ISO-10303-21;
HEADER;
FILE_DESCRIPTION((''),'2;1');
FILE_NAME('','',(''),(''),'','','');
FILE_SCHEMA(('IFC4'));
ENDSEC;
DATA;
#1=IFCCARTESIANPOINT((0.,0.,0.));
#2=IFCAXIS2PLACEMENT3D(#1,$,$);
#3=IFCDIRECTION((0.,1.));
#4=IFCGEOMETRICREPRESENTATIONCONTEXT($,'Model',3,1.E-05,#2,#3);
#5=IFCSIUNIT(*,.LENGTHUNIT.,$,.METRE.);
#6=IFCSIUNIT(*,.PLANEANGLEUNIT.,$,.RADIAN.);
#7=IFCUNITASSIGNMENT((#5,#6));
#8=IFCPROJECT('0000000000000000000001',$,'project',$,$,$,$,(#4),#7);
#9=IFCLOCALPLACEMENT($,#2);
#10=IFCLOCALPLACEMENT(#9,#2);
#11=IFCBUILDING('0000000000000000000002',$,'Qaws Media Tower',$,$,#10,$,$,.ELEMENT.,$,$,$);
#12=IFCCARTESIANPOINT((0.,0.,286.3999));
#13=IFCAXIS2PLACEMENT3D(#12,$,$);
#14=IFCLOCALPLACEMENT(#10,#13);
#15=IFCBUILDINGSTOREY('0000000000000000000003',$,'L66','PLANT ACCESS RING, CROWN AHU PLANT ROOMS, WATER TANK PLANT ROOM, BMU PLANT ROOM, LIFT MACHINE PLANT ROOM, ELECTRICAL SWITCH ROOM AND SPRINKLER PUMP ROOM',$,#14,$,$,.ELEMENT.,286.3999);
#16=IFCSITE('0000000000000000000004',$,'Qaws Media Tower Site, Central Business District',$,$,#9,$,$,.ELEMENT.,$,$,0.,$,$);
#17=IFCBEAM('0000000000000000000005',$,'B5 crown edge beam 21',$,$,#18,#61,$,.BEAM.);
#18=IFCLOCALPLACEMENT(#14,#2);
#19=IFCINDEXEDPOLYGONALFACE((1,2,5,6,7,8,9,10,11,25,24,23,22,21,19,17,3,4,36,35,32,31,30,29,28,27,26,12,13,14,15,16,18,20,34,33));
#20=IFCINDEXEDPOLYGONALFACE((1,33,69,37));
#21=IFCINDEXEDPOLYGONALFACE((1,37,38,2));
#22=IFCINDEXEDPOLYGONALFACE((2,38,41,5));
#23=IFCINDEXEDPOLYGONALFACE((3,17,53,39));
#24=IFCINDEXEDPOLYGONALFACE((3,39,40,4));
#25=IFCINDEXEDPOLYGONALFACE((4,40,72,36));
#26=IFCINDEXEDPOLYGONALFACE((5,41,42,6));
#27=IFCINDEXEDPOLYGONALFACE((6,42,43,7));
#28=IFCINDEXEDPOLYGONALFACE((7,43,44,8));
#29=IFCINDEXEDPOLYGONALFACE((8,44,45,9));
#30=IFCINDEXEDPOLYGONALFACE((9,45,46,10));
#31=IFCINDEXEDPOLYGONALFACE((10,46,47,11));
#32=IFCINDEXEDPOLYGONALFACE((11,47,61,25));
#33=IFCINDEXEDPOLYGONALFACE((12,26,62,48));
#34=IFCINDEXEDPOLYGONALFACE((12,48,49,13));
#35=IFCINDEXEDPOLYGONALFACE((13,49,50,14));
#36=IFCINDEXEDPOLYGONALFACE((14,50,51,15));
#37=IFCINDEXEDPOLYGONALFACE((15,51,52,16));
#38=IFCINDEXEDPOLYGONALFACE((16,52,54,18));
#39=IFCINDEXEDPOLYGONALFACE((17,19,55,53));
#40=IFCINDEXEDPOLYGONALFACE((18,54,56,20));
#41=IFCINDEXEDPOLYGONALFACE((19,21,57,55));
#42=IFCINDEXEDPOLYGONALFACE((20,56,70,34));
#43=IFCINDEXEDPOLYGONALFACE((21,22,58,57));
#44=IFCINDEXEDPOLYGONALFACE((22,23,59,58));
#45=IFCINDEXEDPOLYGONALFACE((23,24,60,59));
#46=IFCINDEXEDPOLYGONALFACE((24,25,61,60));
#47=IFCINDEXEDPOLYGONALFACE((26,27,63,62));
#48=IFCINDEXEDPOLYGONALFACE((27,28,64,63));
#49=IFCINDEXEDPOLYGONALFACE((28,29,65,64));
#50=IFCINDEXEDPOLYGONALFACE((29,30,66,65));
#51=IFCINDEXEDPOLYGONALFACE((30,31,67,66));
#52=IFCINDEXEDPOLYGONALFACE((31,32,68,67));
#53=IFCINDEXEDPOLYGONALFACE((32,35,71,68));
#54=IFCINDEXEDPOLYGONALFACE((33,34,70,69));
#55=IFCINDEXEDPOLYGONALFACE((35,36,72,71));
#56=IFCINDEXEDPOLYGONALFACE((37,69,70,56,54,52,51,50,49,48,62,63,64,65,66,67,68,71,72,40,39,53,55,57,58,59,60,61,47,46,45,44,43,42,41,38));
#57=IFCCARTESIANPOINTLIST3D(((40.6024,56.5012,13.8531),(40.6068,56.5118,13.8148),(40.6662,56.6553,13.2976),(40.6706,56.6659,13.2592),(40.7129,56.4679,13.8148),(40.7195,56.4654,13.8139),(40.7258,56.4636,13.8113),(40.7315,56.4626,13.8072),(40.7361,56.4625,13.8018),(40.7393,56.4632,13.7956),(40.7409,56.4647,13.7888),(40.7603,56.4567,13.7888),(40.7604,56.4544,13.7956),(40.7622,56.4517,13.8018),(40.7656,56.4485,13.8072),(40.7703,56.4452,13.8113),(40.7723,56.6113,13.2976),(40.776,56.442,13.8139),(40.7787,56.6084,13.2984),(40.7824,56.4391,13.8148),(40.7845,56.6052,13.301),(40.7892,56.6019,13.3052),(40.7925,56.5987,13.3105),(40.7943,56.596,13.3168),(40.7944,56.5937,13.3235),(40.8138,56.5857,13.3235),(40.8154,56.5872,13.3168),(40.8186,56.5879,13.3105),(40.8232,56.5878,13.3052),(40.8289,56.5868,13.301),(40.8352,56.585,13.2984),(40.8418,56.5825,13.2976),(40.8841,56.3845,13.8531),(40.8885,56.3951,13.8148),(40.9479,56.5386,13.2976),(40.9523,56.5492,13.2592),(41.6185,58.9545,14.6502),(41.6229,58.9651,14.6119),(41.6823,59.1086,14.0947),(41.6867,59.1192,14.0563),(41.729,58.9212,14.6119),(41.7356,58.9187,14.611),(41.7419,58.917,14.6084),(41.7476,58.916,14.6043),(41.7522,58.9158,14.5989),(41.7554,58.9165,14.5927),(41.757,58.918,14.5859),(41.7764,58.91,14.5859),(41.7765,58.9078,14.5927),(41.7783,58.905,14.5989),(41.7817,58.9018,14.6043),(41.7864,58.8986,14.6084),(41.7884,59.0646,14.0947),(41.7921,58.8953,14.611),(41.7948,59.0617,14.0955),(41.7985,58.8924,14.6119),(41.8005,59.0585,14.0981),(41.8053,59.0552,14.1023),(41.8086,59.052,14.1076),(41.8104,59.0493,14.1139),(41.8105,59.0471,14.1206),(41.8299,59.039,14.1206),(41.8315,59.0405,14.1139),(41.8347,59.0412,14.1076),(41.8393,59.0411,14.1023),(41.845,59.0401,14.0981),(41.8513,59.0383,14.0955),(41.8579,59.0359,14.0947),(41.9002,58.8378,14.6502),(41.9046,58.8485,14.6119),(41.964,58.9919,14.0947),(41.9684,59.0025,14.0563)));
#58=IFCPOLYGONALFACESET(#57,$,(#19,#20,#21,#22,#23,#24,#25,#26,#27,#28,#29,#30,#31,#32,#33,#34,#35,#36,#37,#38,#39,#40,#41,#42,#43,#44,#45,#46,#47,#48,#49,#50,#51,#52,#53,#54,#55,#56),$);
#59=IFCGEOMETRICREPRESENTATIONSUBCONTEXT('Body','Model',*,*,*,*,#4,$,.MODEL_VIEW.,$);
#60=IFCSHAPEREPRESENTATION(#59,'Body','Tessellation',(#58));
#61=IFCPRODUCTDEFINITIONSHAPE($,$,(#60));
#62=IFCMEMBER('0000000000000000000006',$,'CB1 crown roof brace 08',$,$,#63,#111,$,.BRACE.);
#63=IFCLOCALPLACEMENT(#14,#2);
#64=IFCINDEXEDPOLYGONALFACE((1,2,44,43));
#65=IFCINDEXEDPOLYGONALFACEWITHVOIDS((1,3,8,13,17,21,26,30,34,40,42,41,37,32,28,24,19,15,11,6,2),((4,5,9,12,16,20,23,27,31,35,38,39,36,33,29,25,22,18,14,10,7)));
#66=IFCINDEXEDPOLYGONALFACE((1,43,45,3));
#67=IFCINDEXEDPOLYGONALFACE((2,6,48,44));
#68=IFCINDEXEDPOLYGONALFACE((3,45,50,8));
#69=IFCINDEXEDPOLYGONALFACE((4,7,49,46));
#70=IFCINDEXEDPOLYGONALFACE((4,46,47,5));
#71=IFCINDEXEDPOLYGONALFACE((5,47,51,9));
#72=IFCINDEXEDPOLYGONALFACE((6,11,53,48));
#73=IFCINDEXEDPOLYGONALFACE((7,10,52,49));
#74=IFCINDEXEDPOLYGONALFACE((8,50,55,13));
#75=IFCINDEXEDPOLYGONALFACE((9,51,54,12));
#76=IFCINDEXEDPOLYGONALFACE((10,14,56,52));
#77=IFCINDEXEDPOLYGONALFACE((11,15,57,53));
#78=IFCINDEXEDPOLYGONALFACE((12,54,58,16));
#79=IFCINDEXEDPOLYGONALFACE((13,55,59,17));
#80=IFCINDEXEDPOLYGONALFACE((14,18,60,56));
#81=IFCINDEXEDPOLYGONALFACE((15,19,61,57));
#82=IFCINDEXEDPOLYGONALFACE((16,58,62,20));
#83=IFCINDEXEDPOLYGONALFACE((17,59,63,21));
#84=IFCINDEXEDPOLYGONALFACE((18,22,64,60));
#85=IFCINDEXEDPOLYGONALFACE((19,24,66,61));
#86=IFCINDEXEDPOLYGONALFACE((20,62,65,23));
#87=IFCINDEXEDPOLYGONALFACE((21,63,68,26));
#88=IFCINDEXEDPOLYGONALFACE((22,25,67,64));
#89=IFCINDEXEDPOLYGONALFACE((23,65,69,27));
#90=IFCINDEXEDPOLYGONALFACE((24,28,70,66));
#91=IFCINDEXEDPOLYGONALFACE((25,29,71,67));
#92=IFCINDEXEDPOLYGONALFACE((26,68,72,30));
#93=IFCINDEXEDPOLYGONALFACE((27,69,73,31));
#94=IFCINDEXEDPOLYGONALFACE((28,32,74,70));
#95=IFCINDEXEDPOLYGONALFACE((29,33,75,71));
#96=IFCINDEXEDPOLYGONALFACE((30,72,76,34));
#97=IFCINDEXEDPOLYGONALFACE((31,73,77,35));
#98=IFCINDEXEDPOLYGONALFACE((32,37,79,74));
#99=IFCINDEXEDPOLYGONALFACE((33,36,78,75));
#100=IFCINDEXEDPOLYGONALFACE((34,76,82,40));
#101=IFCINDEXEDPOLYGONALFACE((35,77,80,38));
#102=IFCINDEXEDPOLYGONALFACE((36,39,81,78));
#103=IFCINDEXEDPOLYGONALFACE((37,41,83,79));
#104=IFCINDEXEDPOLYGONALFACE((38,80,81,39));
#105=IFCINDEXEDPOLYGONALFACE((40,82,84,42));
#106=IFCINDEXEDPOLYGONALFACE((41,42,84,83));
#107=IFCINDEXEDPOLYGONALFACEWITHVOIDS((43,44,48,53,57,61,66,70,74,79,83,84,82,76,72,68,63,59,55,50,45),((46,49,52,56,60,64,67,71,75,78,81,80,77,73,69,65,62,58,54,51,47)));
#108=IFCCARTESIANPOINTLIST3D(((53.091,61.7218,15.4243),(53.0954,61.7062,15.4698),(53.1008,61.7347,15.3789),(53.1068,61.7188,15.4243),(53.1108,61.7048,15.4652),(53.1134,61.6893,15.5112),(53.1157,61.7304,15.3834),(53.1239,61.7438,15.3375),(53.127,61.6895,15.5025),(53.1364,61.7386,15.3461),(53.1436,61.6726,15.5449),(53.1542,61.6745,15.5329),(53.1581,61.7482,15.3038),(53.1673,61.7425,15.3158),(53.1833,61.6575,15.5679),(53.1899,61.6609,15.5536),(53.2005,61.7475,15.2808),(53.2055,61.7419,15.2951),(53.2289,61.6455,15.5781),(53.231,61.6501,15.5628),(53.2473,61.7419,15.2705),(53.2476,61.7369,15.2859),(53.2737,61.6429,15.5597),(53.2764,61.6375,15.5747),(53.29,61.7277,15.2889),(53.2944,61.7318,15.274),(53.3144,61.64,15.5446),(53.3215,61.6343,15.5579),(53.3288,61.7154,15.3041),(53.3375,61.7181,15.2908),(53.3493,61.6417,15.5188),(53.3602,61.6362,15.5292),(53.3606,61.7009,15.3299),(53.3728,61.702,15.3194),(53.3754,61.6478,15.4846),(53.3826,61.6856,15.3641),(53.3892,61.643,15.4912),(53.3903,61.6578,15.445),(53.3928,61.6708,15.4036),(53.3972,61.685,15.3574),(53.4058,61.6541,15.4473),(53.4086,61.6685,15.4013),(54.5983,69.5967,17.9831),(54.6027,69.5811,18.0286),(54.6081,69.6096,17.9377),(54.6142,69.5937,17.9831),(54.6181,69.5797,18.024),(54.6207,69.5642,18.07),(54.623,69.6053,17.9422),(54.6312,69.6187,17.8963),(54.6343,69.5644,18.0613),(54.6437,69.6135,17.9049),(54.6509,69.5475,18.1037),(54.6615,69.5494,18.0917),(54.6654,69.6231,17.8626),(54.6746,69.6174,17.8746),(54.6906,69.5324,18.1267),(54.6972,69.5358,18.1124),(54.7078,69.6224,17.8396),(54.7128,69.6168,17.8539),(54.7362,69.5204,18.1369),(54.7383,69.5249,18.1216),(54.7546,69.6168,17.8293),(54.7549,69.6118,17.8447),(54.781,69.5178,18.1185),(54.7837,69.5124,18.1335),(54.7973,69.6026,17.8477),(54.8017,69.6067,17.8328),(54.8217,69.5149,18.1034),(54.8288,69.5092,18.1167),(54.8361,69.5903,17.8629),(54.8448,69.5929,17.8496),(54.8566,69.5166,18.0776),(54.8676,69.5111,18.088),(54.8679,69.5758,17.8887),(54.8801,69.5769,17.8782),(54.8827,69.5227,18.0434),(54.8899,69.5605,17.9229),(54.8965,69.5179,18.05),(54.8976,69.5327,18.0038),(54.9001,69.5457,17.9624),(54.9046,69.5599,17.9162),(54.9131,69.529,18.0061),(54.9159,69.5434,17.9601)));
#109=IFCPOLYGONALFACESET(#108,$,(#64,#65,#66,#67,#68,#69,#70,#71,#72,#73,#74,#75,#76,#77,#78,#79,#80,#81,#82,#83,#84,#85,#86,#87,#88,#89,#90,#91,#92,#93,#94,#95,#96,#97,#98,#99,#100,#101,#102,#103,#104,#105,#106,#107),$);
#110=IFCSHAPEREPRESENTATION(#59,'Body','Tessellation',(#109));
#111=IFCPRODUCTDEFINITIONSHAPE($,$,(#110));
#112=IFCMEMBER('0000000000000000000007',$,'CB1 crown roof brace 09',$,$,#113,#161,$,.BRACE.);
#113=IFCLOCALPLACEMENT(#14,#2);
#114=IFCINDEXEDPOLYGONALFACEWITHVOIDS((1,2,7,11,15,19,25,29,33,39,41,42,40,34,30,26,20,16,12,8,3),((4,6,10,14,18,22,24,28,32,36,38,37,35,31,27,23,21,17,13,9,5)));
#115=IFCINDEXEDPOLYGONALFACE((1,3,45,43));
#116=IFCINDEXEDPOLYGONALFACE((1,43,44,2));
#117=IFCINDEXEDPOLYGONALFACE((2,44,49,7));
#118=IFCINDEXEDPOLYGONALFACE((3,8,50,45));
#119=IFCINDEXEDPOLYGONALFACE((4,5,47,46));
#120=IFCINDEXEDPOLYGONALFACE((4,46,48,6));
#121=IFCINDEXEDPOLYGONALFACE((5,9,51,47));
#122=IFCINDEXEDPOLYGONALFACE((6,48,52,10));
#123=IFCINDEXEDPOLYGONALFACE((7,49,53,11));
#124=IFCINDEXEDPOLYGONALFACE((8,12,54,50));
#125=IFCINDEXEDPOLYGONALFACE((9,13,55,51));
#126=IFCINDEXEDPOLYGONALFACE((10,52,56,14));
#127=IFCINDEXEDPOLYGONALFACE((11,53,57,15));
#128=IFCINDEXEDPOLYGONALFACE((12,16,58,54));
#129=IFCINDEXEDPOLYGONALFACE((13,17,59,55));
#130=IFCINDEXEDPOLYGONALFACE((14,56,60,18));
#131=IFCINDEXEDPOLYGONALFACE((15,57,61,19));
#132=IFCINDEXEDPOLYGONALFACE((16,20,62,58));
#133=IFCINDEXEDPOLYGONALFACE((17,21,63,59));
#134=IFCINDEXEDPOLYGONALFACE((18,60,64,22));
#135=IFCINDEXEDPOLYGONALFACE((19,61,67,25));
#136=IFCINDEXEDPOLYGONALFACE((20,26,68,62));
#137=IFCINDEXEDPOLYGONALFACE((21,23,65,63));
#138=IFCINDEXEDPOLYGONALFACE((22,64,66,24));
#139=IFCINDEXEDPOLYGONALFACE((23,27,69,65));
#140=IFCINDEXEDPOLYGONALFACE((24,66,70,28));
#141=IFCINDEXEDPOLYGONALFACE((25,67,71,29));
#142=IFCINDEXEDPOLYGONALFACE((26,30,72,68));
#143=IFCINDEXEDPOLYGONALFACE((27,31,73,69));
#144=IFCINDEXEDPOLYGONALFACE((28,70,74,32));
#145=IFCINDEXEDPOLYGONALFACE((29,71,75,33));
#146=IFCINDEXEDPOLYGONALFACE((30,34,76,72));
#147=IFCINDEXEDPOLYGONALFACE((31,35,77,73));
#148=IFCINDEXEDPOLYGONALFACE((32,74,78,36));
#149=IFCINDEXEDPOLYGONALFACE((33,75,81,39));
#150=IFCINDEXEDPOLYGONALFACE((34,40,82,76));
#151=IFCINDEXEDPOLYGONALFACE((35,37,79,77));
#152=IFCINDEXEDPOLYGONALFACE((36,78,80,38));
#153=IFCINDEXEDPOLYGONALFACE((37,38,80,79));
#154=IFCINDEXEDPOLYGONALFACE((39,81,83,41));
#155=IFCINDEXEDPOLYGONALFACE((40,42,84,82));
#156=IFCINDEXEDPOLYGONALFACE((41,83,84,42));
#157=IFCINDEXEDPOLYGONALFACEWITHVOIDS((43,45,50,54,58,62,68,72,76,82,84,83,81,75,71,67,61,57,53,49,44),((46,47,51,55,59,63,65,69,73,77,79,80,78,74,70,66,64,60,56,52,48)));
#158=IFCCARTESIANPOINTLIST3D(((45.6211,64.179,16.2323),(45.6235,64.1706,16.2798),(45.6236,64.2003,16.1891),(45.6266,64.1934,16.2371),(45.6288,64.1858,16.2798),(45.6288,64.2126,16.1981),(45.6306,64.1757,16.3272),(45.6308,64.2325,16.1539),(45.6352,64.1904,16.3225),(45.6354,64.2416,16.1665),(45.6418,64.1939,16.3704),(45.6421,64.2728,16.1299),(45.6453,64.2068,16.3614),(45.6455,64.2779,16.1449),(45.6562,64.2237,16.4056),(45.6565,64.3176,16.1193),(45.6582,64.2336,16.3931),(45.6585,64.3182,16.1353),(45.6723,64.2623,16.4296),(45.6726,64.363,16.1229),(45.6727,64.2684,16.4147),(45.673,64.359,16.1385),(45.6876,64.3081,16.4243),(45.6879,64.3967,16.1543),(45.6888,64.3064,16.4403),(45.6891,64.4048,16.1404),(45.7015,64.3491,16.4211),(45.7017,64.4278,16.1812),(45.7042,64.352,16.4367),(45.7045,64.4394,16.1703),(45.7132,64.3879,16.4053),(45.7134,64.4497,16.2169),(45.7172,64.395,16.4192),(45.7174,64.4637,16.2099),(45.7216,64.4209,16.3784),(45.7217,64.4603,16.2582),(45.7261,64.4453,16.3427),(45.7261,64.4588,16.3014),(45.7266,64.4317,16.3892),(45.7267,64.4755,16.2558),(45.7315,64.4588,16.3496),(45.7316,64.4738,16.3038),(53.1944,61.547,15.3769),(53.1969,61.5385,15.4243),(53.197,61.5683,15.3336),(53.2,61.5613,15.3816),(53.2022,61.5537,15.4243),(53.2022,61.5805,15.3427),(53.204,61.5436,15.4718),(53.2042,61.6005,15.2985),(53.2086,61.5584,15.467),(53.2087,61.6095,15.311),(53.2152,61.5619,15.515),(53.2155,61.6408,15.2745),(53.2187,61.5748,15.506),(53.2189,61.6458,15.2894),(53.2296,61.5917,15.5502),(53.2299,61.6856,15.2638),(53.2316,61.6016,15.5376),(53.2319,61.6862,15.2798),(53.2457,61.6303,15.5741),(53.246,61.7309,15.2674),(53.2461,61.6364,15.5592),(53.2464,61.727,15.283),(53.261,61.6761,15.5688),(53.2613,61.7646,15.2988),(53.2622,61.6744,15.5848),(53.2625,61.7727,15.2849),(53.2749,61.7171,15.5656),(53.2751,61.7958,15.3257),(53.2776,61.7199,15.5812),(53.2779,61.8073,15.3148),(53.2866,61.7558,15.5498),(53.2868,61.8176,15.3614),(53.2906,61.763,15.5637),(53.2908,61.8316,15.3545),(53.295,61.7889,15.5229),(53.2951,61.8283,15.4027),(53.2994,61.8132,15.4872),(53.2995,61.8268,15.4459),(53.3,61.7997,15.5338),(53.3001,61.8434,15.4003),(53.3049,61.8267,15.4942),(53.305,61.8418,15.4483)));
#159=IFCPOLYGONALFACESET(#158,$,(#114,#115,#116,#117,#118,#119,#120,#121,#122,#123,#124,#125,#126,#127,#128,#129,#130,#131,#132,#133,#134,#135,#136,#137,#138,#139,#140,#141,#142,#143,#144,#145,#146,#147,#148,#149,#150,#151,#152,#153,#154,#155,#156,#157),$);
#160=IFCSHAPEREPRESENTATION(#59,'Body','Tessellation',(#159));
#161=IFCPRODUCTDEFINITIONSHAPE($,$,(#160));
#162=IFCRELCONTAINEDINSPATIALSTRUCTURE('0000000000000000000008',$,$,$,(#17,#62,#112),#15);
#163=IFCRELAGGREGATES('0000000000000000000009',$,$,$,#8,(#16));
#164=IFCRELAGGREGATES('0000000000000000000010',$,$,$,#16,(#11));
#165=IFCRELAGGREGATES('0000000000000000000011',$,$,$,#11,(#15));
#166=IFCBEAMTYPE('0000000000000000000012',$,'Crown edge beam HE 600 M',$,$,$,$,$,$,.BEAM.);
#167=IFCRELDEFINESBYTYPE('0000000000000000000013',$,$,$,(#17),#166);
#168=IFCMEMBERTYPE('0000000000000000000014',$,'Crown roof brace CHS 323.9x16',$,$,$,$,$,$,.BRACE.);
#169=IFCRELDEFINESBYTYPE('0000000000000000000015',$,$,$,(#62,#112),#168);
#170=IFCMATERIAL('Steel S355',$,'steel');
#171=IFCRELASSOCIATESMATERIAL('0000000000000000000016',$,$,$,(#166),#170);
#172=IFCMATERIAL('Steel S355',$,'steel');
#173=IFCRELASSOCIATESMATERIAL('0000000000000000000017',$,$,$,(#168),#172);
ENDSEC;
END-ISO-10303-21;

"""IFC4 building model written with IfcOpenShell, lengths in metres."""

from ifc_helpers import new_model, si_unit, direction, frame, origin, origin_2d, place, context, subcontext, project, spatial, hollow_circle, i_section, extrude, material, material_profile, profile_set, type_object, element, save


model = new_model("IFC4")

# Units and contexts
model_context = context("Model", 3, precision=1e-05, world=origin(), true_north=direction((0.0, 1.0)))
body_context = subcontext(model_context, "Body", "Model", "MODEL_VIEW")
ifc_project = project(units=[si_unit("LENGTHUNIT", "METRE"), si_unit("PLANEANGLEUNIT", "RADIAN")], contexts=[model_context])

# Site, building, storey
site_placement = place(None, origin())
site = spatial("IfcSite", under=ifc_project, at=site_placement, Name="Qaws Media Tower Site, Central Business District", CompositionType="ELEMENT", RefElevation=0.0)
building_placement = place(site_placement, origin())
building = spatial("IfcBuilding", under=site, at=building_placement, Name="Qaws Media Tower", CompositionType="ELEMENT")
storey_placement = place(building_placement, frame((0.0, 0.0, 286.3999)))
storey = spatial("IfcBuildingStorey", under=building, at=storey_placement, Name="L66", Description="PLANT ACCESS RING, CROWN AHU PLANT ROOMS, WATER TANK PLANT ROOM, BMU PLANT ROOM, LIFT MACHINE PLANT ROOM, ELECTRICAL SWITCH ROOM AND SPRINKLER PUMP ROOM", CompositionType="ELEMENT", Elevation=286.3999)

# Beam
ifc_material_1 = material(Name="Steel S355", Category="steel")
ifc_material_profile_1 = material_profile(ifc_material_1, i_section(OverallWidth=0.3049, OverallDepth=0.6201, WebThickness=0.021, FlangeThickness=0.04, FilletRadius=0.0271, at=origin_2d()), Name="HE 600 M")
ifc_profile_set_1 = profile_set([ifc_material_profile_1], Name="Steel S355")
beam_type_1 = type_object("IfcBeamType", Name="Crown edge beam HE 600 M", PredefinedType="BEAM", material=ifc_profile_set_1)
beam_1_placement = place(storey_placement, frame((41.7935, 58.9785, 14.3533), z_axis=(-0.366494, -0.884886, -0.287506), x_axis=(0.923894, -0.38265, 0.0)))
element("IfcBeam", 1, at=beam_1_placement, inside=storey, type_object=beam_type_1, Name="B5 crown edge beam 21", PredefinedType="BEAM", context=body_context, shape_type="SweptSolid", body=[
    extrude(i_section(OverallWidth=0.3049, OverallDepth=0.6201, WebThickness=0.021, FlangeThickness=0.04, FilletRadius=0.0271, at=origin_2d()), origin(), (0.0, 0.0, 1.0), 2.7725),
])

# Members
ifc_material_2 = material(Name="Steel S355", Category="steel")
ifc_material_profile_2 = material_profile(ifc_material_2, hollow_circle(Radius=0.1619, WallThickness=0.0161, at=origin_2d()), Name="CHS 323.9x16")
ifc_profile_set_2 = profile_set([ifc_material_profile_2], Name="Steel S355")
member_type = type_object("IfcMemberType", Name="Crown roof brace CHS 323.9x16", PredefinedType="BRACE", material=ifc_profile_set_2)
member_1_placement = place(storey_placement, frame((53.25, 61.6914, 15.4243), z_axis=(0.179094, 0.935676, 0.304031), x_axis=(-0.98217, 0.187994, 0.0)))
element("IfcMember", 2, at=member_1_placement, inside=storey, type_object=member_type, Name="CB1 crown roof brace 08", PredefinedType="BRACE", context=body_context, shape_type="SweptSolid", body=[
    extrude(hollow_circle(Radius=0.1619, WallThickness=0.0161, at=origin_2d()), origin(), (0.0, 0.0, 1.0), 8.4163),
])
member_2_placement = place(storey_placement, frame((53.25, 61.6914, 15.4243), z_axis=(-0.93925, 0.326426, 0.106094), x_axis=(-0.328279, -0.944581, 0.0)))
element("IfcMember", 3, at=member_2_placement, inside=storey, type_object=member_type, Name="CB1 crown roof brace 09", PredefinedType="BRACE", context=body_context, shape_type="SweptSolid", body=[
    extrude(hollow_circle(Radius=0.1619, WallThickness=0.0161, at=origin_2d()), origin(), (0.0, 0.0, 1.0), 8.0632),
])

save(model, "model.ifc")
